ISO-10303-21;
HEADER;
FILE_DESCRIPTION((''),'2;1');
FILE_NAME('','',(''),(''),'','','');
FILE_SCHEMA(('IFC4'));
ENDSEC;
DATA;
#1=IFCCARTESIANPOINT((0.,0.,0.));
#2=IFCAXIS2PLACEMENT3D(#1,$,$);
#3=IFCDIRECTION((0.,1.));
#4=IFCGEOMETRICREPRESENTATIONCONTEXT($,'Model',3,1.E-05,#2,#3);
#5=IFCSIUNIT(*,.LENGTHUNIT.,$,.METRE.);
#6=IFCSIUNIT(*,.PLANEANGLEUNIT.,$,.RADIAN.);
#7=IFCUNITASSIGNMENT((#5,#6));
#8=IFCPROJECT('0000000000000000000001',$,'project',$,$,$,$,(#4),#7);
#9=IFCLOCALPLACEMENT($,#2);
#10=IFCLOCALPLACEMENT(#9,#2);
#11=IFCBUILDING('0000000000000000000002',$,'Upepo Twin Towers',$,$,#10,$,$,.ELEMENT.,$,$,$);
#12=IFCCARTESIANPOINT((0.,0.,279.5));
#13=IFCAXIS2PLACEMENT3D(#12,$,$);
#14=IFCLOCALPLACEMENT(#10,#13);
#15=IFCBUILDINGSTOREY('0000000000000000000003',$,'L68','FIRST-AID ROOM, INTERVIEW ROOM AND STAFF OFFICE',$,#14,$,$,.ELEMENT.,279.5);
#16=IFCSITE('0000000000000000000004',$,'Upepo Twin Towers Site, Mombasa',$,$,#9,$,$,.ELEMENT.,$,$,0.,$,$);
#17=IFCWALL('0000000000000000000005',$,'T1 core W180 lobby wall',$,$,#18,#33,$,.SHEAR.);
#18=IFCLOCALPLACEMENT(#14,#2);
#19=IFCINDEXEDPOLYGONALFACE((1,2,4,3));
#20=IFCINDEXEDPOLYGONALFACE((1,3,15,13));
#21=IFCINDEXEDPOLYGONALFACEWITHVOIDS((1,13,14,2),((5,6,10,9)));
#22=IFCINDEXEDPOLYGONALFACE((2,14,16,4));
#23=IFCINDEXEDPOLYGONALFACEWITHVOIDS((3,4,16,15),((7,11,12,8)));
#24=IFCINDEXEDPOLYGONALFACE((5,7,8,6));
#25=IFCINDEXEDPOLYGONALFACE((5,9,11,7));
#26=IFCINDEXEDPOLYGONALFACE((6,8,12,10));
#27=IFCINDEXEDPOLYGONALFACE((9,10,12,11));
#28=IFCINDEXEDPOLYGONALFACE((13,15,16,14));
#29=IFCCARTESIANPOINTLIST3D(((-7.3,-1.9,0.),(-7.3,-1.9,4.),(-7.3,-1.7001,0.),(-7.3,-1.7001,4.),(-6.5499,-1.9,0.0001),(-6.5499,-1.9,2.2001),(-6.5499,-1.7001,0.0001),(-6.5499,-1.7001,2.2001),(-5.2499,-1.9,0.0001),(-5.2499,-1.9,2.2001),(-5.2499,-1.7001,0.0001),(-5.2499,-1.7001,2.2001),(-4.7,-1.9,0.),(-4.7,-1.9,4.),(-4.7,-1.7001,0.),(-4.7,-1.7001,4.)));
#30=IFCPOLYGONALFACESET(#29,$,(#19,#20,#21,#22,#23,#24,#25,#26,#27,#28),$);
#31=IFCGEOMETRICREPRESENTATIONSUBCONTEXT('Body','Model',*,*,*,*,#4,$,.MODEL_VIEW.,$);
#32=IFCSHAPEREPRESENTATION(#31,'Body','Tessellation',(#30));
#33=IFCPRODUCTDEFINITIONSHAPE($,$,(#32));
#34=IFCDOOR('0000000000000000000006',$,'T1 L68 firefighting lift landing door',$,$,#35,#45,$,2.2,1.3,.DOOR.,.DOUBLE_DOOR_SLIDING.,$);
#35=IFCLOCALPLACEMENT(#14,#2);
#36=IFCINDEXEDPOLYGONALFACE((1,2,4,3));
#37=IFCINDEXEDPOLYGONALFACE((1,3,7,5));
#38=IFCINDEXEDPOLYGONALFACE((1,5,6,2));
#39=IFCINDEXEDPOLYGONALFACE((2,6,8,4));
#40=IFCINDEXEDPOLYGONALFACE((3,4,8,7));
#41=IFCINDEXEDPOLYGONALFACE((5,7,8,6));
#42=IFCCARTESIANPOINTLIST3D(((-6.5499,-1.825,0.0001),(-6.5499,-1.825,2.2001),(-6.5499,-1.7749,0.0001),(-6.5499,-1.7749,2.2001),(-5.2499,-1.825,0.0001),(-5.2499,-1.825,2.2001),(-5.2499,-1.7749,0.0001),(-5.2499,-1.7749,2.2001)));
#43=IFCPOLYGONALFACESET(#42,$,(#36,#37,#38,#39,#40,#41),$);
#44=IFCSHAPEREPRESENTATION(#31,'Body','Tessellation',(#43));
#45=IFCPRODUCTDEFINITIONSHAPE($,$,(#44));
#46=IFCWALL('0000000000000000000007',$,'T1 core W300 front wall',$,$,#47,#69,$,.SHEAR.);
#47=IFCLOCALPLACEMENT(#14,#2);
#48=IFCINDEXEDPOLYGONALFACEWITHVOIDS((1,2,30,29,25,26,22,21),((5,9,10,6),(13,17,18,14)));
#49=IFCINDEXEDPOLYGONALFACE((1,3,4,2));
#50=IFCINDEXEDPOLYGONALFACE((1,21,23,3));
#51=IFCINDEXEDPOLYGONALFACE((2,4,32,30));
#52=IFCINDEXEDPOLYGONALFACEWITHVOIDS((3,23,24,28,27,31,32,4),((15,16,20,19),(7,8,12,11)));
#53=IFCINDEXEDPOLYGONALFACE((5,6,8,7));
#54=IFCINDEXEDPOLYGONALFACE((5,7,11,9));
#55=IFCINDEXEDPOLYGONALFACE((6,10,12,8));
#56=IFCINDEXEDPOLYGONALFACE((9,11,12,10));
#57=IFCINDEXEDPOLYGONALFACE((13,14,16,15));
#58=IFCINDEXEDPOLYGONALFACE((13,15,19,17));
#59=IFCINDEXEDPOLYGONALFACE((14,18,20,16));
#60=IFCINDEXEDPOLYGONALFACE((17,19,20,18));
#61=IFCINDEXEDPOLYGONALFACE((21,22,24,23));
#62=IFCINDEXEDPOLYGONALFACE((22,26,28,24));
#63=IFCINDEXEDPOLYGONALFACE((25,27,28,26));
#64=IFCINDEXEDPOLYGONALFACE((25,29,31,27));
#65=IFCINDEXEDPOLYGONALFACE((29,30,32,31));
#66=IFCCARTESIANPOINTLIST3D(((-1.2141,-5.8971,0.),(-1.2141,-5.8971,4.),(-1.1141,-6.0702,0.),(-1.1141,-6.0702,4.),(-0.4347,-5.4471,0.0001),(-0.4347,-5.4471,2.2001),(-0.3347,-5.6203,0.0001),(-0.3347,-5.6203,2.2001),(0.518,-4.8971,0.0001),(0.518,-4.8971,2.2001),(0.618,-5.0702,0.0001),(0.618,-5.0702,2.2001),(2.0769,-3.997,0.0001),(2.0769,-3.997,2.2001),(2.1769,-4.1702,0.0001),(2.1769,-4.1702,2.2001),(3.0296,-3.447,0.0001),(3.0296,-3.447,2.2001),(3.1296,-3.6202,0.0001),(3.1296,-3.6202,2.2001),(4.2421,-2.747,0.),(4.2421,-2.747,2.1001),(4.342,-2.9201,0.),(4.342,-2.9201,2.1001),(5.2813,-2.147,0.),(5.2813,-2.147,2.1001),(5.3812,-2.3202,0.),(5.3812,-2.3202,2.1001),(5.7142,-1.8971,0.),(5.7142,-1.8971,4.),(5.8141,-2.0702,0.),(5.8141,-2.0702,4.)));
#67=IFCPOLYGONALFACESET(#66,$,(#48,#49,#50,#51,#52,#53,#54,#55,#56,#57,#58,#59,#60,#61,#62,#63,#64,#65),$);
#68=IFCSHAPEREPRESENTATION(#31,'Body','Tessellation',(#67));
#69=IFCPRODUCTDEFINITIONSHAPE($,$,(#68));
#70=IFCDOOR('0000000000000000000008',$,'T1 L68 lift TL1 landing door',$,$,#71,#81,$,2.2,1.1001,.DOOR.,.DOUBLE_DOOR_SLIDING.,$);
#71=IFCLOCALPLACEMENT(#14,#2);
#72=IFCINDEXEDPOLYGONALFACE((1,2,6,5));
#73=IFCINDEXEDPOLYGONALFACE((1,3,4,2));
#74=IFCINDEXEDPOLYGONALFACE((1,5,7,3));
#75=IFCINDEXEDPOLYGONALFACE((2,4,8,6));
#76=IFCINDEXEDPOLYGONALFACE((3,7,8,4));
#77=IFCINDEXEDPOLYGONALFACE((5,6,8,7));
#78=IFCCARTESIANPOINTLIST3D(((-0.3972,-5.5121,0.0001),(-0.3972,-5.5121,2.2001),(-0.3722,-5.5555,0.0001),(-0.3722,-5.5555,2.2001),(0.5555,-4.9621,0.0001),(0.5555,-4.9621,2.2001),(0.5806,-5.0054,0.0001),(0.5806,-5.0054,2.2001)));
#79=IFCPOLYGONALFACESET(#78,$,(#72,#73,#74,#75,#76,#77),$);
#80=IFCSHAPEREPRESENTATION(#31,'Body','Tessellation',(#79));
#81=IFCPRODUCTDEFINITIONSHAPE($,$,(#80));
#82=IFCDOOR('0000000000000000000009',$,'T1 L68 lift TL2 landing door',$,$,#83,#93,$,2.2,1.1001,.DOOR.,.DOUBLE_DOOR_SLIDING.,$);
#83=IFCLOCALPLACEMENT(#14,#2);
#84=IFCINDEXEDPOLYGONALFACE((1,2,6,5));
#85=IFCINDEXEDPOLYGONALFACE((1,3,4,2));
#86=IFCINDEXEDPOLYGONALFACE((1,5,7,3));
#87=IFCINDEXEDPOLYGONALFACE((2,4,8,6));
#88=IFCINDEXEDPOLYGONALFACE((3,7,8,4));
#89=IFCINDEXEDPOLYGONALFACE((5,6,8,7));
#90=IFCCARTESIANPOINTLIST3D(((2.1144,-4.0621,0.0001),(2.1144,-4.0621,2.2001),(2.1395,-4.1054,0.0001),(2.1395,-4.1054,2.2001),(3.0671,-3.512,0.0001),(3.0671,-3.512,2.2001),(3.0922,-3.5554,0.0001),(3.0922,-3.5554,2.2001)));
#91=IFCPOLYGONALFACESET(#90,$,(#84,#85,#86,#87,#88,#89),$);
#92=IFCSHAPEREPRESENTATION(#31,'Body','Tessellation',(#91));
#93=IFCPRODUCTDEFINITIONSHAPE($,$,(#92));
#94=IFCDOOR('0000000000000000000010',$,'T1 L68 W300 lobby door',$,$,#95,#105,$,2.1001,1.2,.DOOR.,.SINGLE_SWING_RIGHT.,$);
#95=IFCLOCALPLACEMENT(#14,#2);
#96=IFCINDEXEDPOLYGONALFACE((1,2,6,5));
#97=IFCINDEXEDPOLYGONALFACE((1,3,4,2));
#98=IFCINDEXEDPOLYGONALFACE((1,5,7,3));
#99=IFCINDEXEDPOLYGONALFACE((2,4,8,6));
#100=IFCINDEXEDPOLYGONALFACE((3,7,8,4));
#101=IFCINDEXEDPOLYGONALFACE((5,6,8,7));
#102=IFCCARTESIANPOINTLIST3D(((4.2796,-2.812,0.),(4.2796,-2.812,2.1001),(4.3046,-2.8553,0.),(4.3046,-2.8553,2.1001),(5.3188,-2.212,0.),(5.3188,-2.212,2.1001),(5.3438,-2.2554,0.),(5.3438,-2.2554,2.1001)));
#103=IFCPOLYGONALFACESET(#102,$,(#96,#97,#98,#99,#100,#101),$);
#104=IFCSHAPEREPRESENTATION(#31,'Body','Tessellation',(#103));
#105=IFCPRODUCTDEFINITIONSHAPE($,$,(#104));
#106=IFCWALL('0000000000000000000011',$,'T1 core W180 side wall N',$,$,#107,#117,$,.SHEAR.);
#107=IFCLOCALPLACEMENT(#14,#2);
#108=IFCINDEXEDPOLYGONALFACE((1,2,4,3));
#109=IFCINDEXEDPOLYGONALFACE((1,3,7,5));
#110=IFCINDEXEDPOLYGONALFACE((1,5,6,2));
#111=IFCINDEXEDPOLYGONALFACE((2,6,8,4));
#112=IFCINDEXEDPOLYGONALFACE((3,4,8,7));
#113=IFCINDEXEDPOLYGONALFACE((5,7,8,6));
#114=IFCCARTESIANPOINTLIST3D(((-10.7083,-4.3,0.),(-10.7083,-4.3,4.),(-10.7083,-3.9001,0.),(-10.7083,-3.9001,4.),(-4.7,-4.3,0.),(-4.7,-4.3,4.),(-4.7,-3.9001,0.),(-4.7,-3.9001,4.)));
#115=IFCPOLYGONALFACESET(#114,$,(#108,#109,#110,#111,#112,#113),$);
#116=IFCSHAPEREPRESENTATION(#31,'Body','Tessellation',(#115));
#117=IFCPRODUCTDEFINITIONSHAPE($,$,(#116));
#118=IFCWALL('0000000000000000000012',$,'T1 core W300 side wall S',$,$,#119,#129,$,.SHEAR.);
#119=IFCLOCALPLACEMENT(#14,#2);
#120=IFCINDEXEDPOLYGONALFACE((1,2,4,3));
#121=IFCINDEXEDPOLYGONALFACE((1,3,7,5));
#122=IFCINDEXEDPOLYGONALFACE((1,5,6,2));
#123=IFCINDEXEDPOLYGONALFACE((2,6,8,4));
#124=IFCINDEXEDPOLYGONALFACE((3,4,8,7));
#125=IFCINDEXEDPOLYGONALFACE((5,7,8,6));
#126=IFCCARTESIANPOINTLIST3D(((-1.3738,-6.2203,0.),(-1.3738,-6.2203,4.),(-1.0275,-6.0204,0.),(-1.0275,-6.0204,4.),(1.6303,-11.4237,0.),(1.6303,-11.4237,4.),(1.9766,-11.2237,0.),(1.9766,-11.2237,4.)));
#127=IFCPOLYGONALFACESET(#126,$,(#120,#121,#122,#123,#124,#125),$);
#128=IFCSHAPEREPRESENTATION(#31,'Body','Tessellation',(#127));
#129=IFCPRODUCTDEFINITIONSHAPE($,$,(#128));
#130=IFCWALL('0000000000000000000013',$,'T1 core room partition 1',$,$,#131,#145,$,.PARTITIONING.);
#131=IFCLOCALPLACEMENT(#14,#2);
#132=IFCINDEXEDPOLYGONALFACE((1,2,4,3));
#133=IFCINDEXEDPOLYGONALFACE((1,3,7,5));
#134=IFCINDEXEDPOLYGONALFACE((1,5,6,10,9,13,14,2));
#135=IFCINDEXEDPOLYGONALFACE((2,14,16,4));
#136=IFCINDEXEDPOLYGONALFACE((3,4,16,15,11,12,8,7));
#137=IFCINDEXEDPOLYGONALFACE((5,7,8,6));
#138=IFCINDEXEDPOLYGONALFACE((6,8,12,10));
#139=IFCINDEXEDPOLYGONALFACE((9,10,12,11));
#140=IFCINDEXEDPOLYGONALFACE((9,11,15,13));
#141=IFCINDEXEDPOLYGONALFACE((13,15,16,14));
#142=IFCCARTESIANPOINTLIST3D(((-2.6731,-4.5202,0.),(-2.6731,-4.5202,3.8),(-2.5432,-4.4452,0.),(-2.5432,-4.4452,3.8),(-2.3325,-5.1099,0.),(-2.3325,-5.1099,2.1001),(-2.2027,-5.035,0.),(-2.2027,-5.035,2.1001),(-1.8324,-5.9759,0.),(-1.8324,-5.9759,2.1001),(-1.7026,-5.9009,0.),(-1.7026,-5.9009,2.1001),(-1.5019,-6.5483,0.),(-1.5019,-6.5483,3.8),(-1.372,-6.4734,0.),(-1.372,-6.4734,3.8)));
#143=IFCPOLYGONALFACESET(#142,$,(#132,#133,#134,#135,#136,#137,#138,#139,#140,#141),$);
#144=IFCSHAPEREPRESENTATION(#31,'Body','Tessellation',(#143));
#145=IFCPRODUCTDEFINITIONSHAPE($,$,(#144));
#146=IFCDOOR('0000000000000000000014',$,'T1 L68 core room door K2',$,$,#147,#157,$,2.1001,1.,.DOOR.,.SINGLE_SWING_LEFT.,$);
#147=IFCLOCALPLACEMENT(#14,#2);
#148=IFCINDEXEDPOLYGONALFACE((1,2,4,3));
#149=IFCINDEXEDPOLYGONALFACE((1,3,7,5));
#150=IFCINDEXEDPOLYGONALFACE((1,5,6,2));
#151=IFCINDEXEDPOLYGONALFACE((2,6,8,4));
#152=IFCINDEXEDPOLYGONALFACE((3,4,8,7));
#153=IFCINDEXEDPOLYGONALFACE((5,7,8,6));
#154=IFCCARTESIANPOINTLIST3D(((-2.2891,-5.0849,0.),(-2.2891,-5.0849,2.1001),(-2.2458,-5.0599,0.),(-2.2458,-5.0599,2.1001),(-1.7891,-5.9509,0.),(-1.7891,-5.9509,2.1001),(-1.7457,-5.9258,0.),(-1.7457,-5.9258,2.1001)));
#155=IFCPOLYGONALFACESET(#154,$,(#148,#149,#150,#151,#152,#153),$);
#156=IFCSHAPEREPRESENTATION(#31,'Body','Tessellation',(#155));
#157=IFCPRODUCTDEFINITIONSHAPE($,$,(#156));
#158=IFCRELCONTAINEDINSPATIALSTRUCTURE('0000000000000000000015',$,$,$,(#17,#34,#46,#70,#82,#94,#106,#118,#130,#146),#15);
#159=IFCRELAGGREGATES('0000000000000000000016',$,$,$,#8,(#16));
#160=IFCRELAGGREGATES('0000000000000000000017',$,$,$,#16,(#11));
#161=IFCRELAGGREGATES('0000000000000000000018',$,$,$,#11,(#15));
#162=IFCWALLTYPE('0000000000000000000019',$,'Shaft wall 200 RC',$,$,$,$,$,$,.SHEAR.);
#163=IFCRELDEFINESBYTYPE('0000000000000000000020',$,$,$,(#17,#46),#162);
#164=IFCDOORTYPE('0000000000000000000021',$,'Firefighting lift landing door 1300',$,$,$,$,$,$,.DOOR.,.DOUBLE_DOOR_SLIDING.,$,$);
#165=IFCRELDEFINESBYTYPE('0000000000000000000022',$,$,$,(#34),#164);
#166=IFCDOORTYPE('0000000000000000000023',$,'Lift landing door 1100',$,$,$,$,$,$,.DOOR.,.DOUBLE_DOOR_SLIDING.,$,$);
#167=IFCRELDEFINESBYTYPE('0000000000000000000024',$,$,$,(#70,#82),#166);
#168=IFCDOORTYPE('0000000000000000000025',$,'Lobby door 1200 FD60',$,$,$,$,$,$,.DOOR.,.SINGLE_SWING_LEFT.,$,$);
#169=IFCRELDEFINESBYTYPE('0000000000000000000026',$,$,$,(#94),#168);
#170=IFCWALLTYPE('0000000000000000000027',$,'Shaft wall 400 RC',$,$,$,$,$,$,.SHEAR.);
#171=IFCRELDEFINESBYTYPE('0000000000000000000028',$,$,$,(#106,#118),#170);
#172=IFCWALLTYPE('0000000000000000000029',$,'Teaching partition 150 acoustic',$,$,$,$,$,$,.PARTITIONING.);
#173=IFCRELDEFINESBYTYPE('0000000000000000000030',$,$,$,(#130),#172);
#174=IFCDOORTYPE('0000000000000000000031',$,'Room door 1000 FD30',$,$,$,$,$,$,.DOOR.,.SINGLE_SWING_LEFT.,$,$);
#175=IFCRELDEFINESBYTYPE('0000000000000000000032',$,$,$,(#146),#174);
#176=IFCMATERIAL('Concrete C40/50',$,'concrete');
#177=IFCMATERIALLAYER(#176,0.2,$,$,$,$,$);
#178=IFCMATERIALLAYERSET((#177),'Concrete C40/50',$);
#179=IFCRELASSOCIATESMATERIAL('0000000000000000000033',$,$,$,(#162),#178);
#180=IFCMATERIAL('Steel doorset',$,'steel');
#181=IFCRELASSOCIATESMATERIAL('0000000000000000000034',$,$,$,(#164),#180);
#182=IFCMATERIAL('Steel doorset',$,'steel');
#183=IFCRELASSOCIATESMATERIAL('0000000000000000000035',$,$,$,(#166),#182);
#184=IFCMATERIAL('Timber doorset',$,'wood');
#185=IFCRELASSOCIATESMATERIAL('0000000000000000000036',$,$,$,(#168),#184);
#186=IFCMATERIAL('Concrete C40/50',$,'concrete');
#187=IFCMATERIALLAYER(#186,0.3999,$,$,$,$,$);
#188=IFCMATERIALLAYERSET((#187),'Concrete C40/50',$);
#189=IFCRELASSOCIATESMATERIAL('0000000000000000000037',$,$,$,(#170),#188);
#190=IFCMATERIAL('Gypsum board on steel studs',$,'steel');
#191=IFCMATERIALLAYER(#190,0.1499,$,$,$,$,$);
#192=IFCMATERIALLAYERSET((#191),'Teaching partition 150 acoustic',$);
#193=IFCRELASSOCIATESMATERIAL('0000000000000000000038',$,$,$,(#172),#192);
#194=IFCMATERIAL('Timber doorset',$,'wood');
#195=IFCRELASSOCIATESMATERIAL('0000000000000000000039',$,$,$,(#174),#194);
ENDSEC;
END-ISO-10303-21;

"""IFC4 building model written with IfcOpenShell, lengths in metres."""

from ifc_helpers import new_model, si_unit, direction, frame, frame_2d, origin, place, context, subcontext, project, spatial, rectangle, extrude, material, layer, layer_set, type_object, element, fill, save


model = new_model("IFC4")

# Units and contexts
model_context = context("Model", 3, precision=1e-05, world=origin(), true_north=direction((0.0, 1.0)))
body_context = subcontext(model_context, "Body", "Model", "MODEL_VIEW")
ifc_project = project(units=[si_unit("LENGTHUNIT", "METRE"), si_unit("PLANEANGLEUNIT", "RADIAN")], contexts=[model_context])

# Site, building, storey
site_placement = place(None, origin())
site = spatial("IfcSite", under=ifc_project, at=site_placement, Name="Upepo Twin Towers Site, Mombasa", CompositionType="ELEMENT", RefElevation=0.0)
building_placement = place(site_placement, origin())
building = spatial("IfcBuilding", under=site, at=building_placement, Name="Upepo Twin Towers", CompositionType="ELEMENT")
storey_placement = place(building_placement, frame((0.0, 0.0, 279.5)))
storey = spatial("IfcBuildingStorey", under=building, at=storey_placement, Name="L68", Description="FIRST-AID ROOM, INTERVIEW ROOM AND STAFF OFFICE", CompositionType="ELEMENT", Elevation=279.5)

# Wall, opening, door
ifc_material_1 = material(Name="Concrete C40/50", Category="concrete")
ifc_layer_1 = layer(ifc_material_1, 0.2)
ifc_layer_set_1 = layer_set([ifc_layer_1], Name="Concrete C40/50")
wall_type_1 = type_object("IfcWallType", Name="Shaft wall 200 RC", PredefinedType="SHEAR", material=ifc_layer_set_1)
wall_1_placement = place(storey_placement, frame((-4.7, -1.8, 0.0), z_axis=(0.0, 0.0, 1.0), x_axis=(-1.0, 0.0, 0.0)))
wall_1 = element("IfcWall", 1, at=wall_1_placement, inside=storey, type_object=wall_type_1, Name="T1 core W180 lobby wall", PredefinedType="SHEAR", context=body_context, shape_type="SweptSolid", body=[
    extrude(rectangle(XDim=2.6001, YDim=0.2, at=frame_2d((1.3, 0.0))), origin(), (0.0, 0.0, 1.0), 4.0),
])
opening_1_placement = place(wall_1_placement, frame((0.55, 0.0, 0.0)))
opening_1 = element("IfcOpeningElement", 2, at=opening_1_placement, cuts=wall_1, PredefinedType="OPENING", context=body_context, shape_type="SweptSolid", body=[
    extrude(rectangle(XDim=1.3, YDim=2.2, at=frame_2d((0.6499, 1.1001))), frame((0.0, 0.1099, 0.0), z_axis=(0.0, -1.0, 0.0), x_axis=(1.0, 0.0, 0.0)), (0.0, 0.0, 1.0), 0.22),
])
ifc_material_2 = material(Name="Steel doorset", Category="steel")
door_type_1 = type_object("IfcDoorType", Name="Firefighting lift landing door 1300", OperationType="DOUBLE_DOOR_SLIDING", PredefinedType="DOOR", material=ifc_material_2)
door_1_placement = place(opening_1_placement, origin())
door_1 = element("IfcDoor", 3, at=door_1_placement, inside=storey, type_object=door_type_1, Name="T1 L68 firefighting lift landing door", OperationType="DOUBLE_DOOR_SLIDING", OverallHeight=2.2, OverallWidth=1.3, PredefinedType="DOOR", context=body_context, shape_type="SweptSolid", body=[
    extrude(rectangle(XDim=1.3, YDim=2.2, at=frame_2d((0.6499, 1.1001))), frame((0.0, 0.0249, 0.0), z_axis=(0.0, -1.0, 0.0), x_axis=(1.0, 0.0, 0.0)), (0.0, 0.0, 1.0), 0.05),
])
fill(opening_1, door_1)

# Wall, openings, doors
wall_2_placement = place(storey_placement, frame((-1.1641, -5.9836, 0.0), z_axis=(0.0, 0.0, 1.0), x_axis=(0.866026, 0.499999, 0.0)))
wall_2 = element("IfcWall", 4, at=wall_2_placement, inside=storey, type_object=wall_type_1, Name="T1 core W300 front wall", PredefinedType="SHEAR", context=body_context, shape_type="SweptSolid", body=[
    extrude(rectangle(XDim=8.0, YDim=0.2, at=frame_2d((4.0, 0.0))), origin(), (0.0, 0.0, 1.0), 4.0),
])
opening_2_placement = place(wall_2_placement, frame((6.3, 0.0, 0.0)))
opening_2 = element("IfcOpeningElement", 5, at=opening_2_placement, cuts=wall_2, PredefinedType="OPENING", context=body_context, shape_type="SweptSolid", body=[
    extrude(rectangle(XDim=1.2, YDim=2.1001, at=frame_2d((0.6001, 1.05))), frame((0.0, 0.1099, 0.0), z_axis=(0.0, -1.0, 0.0), x_axis=(1.0, 0.0, 0.0)), (0.0, 0.0, 1.0), 0.22),
])
opening_3_placement = place(wall_2_placement, frame((0.8999, 0.0, 0.0)))
opening_3 = element("IfcOpeningElement", 6, at=opening_3_placement, cuts=wall_2, PredefinedType="OPENING", context=body_context, shape_type="SweptSolid", body=[
    extrude(rectangle(XDim=1.1001, YDim=2.2, at=frame_2d((0.55, 1.1001))), frame((0.0, 0.1099, 0.0), z_axis=(0.0, -1.0, 0.0), x_axis=(1.0, 0.0, 0.0)), (0.0, 0.0, 1.0), 0.22),
])
opening_4_placement = place(wall_2_placement, frame((3.8, 0.0, 0.0)))
opening_4 = element("IfcOpeningElement", 7, at=opening_4_placement, cuts=wall_2, PredefinedType="OPENING", context=body_context, shape_type="SweptSolid", body=[
    extrude(rectangle(XDim=1.1001, YDim=2.2, at=frame_2d((0.55, 1.1001))), frame((0.0, 0.1099, 0.0), z_axis=(0.0, -1.0, 0.0), x_axis=(1.0, 0.0, 0.0)), (0.0, 0.0, 1.0), 0.22),
])
ifc_material_3 = material(Name="Steel doorset", Category="steel")
door_type_2 = type_object("IfcDoorType", Name="Lift landing door 1100", OperationType="DOUBLE_DOOR_SLIDING", PredefinedType="DOOR", material=ifc_material_3)
door_2_placement = place(opening_3_placement, origin())
door_2 = element("IfcDoor", 8, at=door_2_placement, inside=storey, type_object=door_type_2, Name="T1 L68 lift TL1 landing door", OperationType="DOUBLE_DOOR_SLIDING", OverallHeight=2.2, OverallWidth=1.1001, PredefinedType="DOOR", context=body_context, shape_type="SweptSolid", body=[
    extrude(rectangle(XDim=1.1001, YDim=2.2, at=frame_2d((0.55, 1.1001))), frame((0.0, 0.0249, 0.0), z_axis=(0.0, -1.0, 0.0), x_axis=(1.0, 0.0, 0.0)), (0.0, 0.0, 1.0), 0.05),
])
fill(opening_3, door_2)
door_3_placement = place(opening_4_placement, origin())
door_3 = element("IfcDoor", 9, at=door_3_placement, inside=storey, type_object=door_type_2, Name="T1 L68 lift TL2 landing door", OperationType="DOUBLE_DOOR_SLIDING", OverallHeight=2.2, OverallWidth=1.1001, PredefinedType="DOOR", context=body_context, shape_type="SweptSolid", body=[
    extrude(rectangle(XDim=1.1001, YDim=2.2, at=frame_2d((0.55, 1.1001))), frame((0.0, 0.0249, 0.0), z_axis=(0.0, -1.0, 0.0), x_axis=(1.0, 0.0, 0.0)), (0.0, 0.0, 1.0), 0.05),
])
fill(opening_4, door_3)
ifc_material_4 = material(Name="Timber doorset", Category="wood")
door_type_3 = type_object("IfcDoorType", Name="Lobby door 1200 FD60", OperationType="SINGLE_SWING_LEFT", PredefinedType="DOOR", material=ifc_material_4)
door_4_placement = place(opening_2_placement, origin())
door_4 = element("IfcDoor", 10, at=door_4_placement, inside=storey, type_object=door_type_3, Name="T1 L68 W300 lobby door", OperationType="SINGLE_SWING_RIGHT", OverallHeight=2.1001, OverallWidth=1.2, PredefinedType="DOOR", context=body_context, shape_type="SweptSolid", body=[
    extrude(rectangle(XDim=1.2, YDim=2.1001, at=frame_2d((0.6001, 1.05))), frame((0.0, 0.0249, 0.0), z_axis=(0.0, -1.0, 0.0), x_axis=(1.0, 0.0, 0.0)), (0.0, 0.0, 1.0), 0.05),
])
fill(opening_2, door_4)

# Walls
ifc_material_5 = material(Name="Concrete C40/50", Category="concrete")
ifc_layer_2 = layer(ifc_material_5, 0.3999)
ifc_layer_set_2 = layer_set([ifc_layer_2], Name="Concrete C40/50")
wall_type_2 = type_object("IfcWallType", Name="Shaft wall 400 RC", PredefinedType="SHEAR", material=ifc_layer_set_2)
for number, where, z_axis, x_axis, name in (
    (11, (-4.7, -4.1001, 0.0), (0.0, 0.0, 1.0), (-1.0, 0.0, 0.0), "T1 core W180 side wall N"),
    (12, (-1.2007, -6.1204, 0.0), (0.0, 0.0, 1.0), (0.499998, -0.866027, 0.0), "T1 core W300 side wall S"),
):
    element("IfcWall", number, at=place(storey_placement, frame(where, z_axis=z_axis, x_axis=x_axis)), inside=storey, type_object=wall_type_2, Name=name, PredefinedType="SHEAR", context=body_context, shape_type="SweptSolid", body=[
        extrude(rectangle(XDim=6.0083, YDim=0.3999, at=frame_2d((3.0042, 0.0))), origin(), (0.0, 0.0, 1.0), 4.0),
    ])

# Wall, opening, door
ifc_material_6 = material(Name="Gypsum board on steel studs", Category="steel")
ifc_layer_3 = layer(ifc_material_6, 0.1499)
ifc_layer_set_3 = layer_set([ifc_layer_3], Name="Teaching partition 150 acoustic")
wall_type_3 = type_object("IfcWallType", Name="Teaching partition 150 acoustic", PredefinedType="PARTITIONING", material=ifc_layer_set_3)
wall_3_placement = place(storey_placement, frame((-1.437, -6.5107, 0.0), z_axis=(0.0, 0.0, 1.0), x_axis=(-0.500074, 0.865982, 0.0)))
wall_3 = element("IfcWall", 13, at=wall_3_placement, inside=storey, type_object=wall_type_3, Name="T1 core room partition 1", PredefinedType="PARTITIONING", context=body_context, shape_type="SweptSolid", body=[
    extrude(rectangle(XDim=2.342, YDim=0.1499, at=frame_2d((1.1709, 0.0))), origin(), (0.0, 0.0, 1.0), 3.8),
])
opening_5_placement = place(wall_3_placement, frame((0.6609, 0.0, 0.0)))
opening_5 = element("IfcOpeningElement", 14, at=opening_5_placement, cuts=wall_3, PredefinedType="OPENING", context=body_context, shape_type="SweptSolid", body=[
    extrude(rectangle(XDim=1.0, YDim=2.1001, at=frame_2d((0.5, 1.05))), frame((0.0, 0.085, 0.0), z_axis=(0.0, -1.0, 0.0), x_axis=(1.0, 0.0, 0.0)), (0.0, 0.0, 1.0), 0.1699),
])
ifc_material_7 = material(Name="Timber doorset", Category="wood")
door_type_4 = type_object("IfcDoorType", Name="Room door 1000 FD30", OperationType="SINGLE_SWING_LEFT", PredefinedType="DOOR", material=ifc_material_7)
door_5_placement = place(opening_5_placement, origin())
door_5 = element("IfcDoor", 15, at=door_5_placement, inside=storey, type_object=door_type_4, Name="T1 L68 core room door K2", OperationType="SINGLE_SWING_LEFT", OverallHeight=2.1001, OverallWidth=1.0, PredefinedType="DOOR", context=body_context, shape_type="SweptSolid", body=[
    extrude(rectangle(XDim=1.0, YDim=2.1001, at=frame_2d((0.5, 1.05))), frame((0.0, 0.0249, 0.0), z_axis=(0.0, -1.0, 0.0), x_axis=(1.0, 0.0, 0.0)), (0.0, 0.0, 1.0), 0.05),
])
fill(opening_5, door_5)

save(model, "model.ifc")
